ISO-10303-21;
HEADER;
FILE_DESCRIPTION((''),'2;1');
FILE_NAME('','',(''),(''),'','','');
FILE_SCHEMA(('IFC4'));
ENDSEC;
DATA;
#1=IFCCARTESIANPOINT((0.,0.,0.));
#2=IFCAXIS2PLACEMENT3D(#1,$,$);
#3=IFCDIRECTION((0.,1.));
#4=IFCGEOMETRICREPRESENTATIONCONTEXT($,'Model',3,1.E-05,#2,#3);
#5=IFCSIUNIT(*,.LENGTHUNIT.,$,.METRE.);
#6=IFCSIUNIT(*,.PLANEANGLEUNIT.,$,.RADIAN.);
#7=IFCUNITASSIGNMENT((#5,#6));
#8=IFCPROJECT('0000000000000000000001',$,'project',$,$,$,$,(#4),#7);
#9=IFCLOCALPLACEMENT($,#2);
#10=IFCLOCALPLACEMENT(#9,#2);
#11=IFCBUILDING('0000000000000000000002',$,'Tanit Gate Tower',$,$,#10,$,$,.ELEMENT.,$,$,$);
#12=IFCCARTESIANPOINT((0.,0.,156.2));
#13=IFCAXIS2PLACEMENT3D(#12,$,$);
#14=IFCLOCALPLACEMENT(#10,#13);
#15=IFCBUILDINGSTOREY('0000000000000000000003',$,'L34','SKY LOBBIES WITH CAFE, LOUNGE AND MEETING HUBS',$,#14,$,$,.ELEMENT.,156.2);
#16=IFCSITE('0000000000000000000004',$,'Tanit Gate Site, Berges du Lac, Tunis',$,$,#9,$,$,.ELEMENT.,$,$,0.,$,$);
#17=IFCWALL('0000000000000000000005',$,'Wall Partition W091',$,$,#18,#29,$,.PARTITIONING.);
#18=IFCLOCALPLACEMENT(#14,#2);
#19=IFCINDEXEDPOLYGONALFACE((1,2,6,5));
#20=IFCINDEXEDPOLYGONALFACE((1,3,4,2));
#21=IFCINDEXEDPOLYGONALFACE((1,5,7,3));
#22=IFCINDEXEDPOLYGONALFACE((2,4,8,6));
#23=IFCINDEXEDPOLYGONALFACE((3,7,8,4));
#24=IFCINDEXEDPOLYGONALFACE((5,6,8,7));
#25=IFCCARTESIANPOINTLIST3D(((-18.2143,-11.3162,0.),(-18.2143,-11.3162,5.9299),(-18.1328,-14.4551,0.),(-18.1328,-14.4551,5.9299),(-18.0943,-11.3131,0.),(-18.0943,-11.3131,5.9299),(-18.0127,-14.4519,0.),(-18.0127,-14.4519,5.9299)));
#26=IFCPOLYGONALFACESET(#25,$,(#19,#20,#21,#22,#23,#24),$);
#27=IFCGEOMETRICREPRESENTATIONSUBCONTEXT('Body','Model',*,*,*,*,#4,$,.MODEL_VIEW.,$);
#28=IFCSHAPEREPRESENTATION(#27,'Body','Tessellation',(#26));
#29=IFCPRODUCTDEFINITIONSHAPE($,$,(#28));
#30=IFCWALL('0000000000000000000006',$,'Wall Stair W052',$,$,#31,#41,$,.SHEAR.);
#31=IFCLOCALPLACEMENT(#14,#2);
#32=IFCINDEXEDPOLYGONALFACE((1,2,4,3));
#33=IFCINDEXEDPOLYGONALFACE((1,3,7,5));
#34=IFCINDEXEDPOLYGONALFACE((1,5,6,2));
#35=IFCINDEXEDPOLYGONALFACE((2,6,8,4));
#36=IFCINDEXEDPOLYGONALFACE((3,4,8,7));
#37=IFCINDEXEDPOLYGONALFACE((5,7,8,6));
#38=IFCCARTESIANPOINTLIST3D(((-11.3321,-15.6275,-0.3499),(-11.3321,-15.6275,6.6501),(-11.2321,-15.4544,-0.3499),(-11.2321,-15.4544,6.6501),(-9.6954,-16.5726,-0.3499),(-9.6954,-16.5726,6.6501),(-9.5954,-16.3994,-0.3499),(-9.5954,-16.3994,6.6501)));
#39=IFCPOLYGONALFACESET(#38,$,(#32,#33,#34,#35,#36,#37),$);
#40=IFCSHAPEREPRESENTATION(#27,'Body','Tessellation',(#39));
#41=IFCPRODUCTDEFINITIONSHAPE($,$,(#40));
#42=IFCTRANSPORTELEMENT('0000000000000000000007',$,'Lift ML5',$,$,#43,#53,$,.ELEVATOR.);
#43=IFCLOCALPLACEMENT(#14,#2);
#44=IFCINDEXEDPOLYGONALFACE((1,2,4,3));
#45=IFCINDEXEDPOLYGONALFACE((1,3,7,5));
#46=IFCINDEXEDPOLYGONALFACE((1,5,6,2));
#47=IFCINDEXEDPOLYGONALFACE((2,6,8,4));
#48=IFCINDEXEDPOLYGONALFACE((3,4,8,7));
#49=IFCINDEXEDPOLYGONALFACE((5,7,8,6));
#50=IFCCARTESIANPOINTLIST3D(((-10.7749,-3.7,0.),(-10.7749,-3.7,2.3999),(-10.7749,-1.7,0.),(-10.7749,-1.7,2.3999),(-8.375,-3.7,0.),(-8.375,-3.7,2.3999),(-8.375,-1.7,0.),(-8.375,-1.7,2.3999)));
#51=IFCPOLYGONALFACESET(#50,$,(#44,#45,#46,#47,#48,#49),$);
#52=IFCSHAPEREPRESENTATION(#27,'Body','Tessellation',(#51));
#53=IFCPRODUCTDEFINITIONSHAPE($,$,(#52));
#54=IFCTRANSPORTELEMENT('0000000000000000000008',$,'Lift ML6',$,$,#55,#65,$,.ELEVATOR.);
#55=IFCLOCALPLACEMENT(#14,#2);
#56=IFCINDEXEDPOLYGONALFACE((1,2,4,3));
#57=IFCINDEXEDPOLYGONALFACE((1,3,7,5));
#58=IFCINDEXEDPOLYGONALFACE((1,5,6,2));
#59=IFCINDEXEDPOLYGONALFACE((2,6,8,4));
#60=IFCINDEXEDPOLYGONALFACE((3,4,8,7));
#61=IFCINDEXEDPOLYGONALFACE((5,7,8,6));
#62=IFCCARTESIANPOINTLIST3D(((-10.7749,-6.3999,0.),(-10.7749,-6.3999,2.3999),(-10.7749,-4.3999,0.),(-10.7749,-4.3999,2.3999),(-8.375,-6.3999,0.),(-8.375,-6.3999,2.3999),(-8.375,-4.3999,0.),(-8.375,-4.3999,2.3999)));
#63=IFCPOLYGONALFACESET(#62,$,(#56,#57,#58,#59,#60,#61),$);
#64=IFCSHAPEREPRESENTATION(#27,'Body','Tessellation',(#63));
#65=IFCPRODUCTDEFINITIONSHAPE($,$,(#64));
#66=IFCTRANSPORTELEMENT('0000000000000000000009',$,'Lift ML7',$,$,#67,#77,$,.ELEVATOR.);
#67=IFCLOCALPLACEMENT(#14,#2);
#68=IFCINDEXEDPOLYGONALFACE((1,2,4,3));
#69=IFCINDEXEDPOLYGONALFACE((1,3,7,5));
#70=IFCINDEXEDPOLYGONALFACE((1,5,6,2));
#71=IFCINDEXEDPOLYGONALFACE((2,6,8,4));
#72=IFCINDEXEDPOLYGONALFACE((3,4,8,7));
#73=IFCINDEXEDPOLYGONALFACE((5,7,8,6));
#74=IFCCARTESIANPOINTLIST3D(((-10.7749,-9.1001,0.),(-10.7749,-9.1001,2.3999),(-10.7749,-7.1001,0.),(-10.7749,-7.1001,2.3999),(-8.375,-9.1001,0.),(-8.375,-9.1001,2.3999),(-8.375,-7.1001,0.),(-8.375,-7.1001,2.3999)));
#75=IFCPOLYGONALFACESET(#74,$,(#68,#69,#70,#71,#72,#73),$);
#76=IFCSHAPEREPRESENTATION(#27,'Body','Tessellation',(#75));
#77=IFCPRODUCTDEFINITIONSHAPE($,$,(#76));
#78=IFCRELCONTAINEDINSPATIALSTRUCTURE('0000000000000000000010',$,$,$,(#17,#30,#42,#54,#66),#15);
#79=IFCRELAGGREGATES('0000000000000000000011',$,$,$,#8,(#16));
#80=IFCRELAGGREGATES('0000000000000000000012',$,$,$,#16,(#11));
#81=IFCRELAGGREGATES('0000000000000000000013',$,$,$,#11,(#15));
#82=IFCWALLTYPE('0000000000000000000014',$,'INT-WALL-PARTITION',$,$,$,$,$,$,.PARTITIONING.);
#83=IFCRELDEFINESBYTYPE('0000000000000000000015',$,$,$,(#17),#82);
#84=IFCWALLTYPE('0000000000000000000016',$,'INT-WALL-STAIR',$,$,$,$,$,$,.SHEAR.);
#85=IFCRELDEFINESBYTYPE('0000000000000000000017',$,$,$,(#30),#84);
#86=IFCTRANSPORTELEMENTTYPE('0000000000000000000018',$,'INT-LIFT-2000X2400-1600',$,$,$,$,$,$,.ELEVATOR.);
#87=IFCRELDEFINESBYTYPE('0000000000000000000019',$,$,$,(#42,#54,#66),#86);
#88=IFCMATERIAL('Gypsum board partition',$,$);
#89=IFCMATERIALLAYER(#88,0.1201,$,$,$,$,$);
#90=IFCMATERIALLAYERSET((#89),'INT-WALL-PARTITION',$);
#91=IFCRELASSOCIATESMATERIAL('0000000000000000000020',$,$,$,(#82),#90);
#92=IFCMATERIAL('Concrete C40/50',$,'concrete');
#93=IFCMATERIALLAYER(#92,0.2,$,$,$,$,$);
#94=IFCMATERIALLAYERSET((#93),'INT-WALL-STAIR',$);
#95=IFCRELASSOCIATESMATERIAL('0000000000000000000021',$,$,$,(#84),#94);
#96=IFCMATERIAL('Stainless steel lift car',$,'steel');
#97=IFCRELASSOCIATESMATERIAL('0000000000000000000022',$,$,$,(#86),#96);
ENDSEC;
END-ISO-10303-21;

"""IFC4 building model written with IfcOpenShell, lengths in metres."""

from ifc_helpers import new_model, si_unit, direction, frame, frame_2d, origin, origin_2d, place, context, subcontext, project, spatial, rectangle, extrude, material, layer, layer_set, type_object, element, save


model = new_model("IFC4")

# Units and contexts
model_context = context("Model", 3, precision=1e-05, world=origin(), true_north=direction((0.0, 1.0)))
body_context = subcontext(model_context, "Body", "Model", "MODEL_VIEW")
ifc_project = project(units=[si_unit("LENGTHUNIT", "METRE"), si_unit("PLANEANGLEUNIT", "RADIAN")], contexts=[model_context])

# Site, building, storey
site_placement = place(None, origin())
site = spatial("IfcSite", under=ifc_project, at=site_placement, Name="Tanit Gate Site, Berges du Lac, Tunis", CompositionType="ELEMENT", RefElevation=0.0)
building_placement = place(site_placement, origin())
building = spatial("IfcBuilding", under=site, at=building_placement, Name="Tanit Gate Tower", CompositionType="ELEMENT")
storey_placement = place(building_placement, frame((0.0, 0.0, 156.2)))
storey = spatial("IfcBuildingStorey", under=building, at=storey_placement, Name="L34", Description="SKY LOBBIES WITH CAFE, LOUNGE AND MEETING HUBS", CompositionType="ELEMENT", Elevation=156.2)

# Shared definitions
ifc_material_1 = material(Name="Gypsum board partition")
ifc_layer_1 = layer(ifc_material_1, 0.1201)
ifc_layer_set_1 = layer_set([ifc_layer_1], Name="INT-WALL-PARTITION")
wall_type_1 = type_object("IfcWallType", Name="INT-WALL-PARTITION", PredefinedType="PARTITIONING", material=ifc_layer_set_1)

# Walls
wall_1_placement = place(storey_placement, frame((-18.0728, -14.4534, 0.0), z_axis=(0.0, 0.0, 1.0), x_axis=(-0.025969, 0.999663, 0.0)))
element("IfcWall", 1, at=wall_1_placement, inside=storey, type_object=wall_type_1, Name="Wall Partition W091", PredefinedType="PARTITIONING", context=body_context, shape_type="SweptSolid", body=[
    extrude(rectangle(XDim=3.1399, YDim=0.1201, at=frame_2d((1.5698, 0.0))), origin(), (0.0, 0.0, 1.0), 5.9299),
])
ifc_material_2 = material(Name="Concrete C40/50", Category="concrete")
ifc_layer_2 = layer(ifc_material_2, 0.2)
ifc_layer_set_2 = layer_set([ifc_layer_2], Name="INT-WALL-STAIR")
wall_type_2 = type_object("IfcWallType", Name="INT-WALL-STAIR", PredefinedType="SHEAR", material=ifc_layer_set_2)
wall_2_placement = place(storey_placement, frame((-11.282, -15.541, -0.3499), z_axis=(0.0, 0.0, 1.0), x_axis=(0.866001, -0.500043, 0.0)))
element("IfcWall", 2, at=wall_2_placement, inside=storey, type_object=wall_type_2, Name="Wall Stair W052", PredefinedType="SHEAR", context=body_context, shape_type="SweptSolid", body=[
    extrude(rectangle(XDim=1.8899, YDim=0.2, at=frame_2d((0.9448, 0.0))), origin(), (0.0, 0.0, 1.0), 7.0),
])

# Transport elements
ifc_material_3 = material(Name="Stainless steel lift car", Category="steel")
transport_element_type = type_object("IfcTransportElementType", Name="INT-LIFT-2000X2400-1600", PredefinedType="ELEVATOR", material=ifc_material_3)
for number, where, z_axis, x_axis, name in (
    (3, (-9.575, -2.7, 0.0), (0.0, 0.0, 1.0), (0.0, -1.0, 0.0), "Lift ML5"),
    (4, (-9.575, -5.3999, 0.0), (0.0, 0.0, 1.0), (0.0, -1.0, 0.0), "Lift ML6"),
    (5, (-9.575, -8.1001, 0.0), (0.0, 0.0, 1.0), (0.0, -1.0, 0.0), "Lift ML7"),
):
    element("IfcTransportElement", number, at=place(storey_placement, frame(where, z_axis=z_axis, x_axis=x_axis)), inside=storey, type_object=transport_element_type, Name=name, PredefinedType="ELEVATOR", context=body_context, shape_type="SweptSolid", body=[
        extrude(rectangle(XDim=2.0, YDim=2.3999, at=origin_2d()), origin(), (0.0, 0.0, 1.0), 2.3999),
    ])

save(model, "model.ifc")
